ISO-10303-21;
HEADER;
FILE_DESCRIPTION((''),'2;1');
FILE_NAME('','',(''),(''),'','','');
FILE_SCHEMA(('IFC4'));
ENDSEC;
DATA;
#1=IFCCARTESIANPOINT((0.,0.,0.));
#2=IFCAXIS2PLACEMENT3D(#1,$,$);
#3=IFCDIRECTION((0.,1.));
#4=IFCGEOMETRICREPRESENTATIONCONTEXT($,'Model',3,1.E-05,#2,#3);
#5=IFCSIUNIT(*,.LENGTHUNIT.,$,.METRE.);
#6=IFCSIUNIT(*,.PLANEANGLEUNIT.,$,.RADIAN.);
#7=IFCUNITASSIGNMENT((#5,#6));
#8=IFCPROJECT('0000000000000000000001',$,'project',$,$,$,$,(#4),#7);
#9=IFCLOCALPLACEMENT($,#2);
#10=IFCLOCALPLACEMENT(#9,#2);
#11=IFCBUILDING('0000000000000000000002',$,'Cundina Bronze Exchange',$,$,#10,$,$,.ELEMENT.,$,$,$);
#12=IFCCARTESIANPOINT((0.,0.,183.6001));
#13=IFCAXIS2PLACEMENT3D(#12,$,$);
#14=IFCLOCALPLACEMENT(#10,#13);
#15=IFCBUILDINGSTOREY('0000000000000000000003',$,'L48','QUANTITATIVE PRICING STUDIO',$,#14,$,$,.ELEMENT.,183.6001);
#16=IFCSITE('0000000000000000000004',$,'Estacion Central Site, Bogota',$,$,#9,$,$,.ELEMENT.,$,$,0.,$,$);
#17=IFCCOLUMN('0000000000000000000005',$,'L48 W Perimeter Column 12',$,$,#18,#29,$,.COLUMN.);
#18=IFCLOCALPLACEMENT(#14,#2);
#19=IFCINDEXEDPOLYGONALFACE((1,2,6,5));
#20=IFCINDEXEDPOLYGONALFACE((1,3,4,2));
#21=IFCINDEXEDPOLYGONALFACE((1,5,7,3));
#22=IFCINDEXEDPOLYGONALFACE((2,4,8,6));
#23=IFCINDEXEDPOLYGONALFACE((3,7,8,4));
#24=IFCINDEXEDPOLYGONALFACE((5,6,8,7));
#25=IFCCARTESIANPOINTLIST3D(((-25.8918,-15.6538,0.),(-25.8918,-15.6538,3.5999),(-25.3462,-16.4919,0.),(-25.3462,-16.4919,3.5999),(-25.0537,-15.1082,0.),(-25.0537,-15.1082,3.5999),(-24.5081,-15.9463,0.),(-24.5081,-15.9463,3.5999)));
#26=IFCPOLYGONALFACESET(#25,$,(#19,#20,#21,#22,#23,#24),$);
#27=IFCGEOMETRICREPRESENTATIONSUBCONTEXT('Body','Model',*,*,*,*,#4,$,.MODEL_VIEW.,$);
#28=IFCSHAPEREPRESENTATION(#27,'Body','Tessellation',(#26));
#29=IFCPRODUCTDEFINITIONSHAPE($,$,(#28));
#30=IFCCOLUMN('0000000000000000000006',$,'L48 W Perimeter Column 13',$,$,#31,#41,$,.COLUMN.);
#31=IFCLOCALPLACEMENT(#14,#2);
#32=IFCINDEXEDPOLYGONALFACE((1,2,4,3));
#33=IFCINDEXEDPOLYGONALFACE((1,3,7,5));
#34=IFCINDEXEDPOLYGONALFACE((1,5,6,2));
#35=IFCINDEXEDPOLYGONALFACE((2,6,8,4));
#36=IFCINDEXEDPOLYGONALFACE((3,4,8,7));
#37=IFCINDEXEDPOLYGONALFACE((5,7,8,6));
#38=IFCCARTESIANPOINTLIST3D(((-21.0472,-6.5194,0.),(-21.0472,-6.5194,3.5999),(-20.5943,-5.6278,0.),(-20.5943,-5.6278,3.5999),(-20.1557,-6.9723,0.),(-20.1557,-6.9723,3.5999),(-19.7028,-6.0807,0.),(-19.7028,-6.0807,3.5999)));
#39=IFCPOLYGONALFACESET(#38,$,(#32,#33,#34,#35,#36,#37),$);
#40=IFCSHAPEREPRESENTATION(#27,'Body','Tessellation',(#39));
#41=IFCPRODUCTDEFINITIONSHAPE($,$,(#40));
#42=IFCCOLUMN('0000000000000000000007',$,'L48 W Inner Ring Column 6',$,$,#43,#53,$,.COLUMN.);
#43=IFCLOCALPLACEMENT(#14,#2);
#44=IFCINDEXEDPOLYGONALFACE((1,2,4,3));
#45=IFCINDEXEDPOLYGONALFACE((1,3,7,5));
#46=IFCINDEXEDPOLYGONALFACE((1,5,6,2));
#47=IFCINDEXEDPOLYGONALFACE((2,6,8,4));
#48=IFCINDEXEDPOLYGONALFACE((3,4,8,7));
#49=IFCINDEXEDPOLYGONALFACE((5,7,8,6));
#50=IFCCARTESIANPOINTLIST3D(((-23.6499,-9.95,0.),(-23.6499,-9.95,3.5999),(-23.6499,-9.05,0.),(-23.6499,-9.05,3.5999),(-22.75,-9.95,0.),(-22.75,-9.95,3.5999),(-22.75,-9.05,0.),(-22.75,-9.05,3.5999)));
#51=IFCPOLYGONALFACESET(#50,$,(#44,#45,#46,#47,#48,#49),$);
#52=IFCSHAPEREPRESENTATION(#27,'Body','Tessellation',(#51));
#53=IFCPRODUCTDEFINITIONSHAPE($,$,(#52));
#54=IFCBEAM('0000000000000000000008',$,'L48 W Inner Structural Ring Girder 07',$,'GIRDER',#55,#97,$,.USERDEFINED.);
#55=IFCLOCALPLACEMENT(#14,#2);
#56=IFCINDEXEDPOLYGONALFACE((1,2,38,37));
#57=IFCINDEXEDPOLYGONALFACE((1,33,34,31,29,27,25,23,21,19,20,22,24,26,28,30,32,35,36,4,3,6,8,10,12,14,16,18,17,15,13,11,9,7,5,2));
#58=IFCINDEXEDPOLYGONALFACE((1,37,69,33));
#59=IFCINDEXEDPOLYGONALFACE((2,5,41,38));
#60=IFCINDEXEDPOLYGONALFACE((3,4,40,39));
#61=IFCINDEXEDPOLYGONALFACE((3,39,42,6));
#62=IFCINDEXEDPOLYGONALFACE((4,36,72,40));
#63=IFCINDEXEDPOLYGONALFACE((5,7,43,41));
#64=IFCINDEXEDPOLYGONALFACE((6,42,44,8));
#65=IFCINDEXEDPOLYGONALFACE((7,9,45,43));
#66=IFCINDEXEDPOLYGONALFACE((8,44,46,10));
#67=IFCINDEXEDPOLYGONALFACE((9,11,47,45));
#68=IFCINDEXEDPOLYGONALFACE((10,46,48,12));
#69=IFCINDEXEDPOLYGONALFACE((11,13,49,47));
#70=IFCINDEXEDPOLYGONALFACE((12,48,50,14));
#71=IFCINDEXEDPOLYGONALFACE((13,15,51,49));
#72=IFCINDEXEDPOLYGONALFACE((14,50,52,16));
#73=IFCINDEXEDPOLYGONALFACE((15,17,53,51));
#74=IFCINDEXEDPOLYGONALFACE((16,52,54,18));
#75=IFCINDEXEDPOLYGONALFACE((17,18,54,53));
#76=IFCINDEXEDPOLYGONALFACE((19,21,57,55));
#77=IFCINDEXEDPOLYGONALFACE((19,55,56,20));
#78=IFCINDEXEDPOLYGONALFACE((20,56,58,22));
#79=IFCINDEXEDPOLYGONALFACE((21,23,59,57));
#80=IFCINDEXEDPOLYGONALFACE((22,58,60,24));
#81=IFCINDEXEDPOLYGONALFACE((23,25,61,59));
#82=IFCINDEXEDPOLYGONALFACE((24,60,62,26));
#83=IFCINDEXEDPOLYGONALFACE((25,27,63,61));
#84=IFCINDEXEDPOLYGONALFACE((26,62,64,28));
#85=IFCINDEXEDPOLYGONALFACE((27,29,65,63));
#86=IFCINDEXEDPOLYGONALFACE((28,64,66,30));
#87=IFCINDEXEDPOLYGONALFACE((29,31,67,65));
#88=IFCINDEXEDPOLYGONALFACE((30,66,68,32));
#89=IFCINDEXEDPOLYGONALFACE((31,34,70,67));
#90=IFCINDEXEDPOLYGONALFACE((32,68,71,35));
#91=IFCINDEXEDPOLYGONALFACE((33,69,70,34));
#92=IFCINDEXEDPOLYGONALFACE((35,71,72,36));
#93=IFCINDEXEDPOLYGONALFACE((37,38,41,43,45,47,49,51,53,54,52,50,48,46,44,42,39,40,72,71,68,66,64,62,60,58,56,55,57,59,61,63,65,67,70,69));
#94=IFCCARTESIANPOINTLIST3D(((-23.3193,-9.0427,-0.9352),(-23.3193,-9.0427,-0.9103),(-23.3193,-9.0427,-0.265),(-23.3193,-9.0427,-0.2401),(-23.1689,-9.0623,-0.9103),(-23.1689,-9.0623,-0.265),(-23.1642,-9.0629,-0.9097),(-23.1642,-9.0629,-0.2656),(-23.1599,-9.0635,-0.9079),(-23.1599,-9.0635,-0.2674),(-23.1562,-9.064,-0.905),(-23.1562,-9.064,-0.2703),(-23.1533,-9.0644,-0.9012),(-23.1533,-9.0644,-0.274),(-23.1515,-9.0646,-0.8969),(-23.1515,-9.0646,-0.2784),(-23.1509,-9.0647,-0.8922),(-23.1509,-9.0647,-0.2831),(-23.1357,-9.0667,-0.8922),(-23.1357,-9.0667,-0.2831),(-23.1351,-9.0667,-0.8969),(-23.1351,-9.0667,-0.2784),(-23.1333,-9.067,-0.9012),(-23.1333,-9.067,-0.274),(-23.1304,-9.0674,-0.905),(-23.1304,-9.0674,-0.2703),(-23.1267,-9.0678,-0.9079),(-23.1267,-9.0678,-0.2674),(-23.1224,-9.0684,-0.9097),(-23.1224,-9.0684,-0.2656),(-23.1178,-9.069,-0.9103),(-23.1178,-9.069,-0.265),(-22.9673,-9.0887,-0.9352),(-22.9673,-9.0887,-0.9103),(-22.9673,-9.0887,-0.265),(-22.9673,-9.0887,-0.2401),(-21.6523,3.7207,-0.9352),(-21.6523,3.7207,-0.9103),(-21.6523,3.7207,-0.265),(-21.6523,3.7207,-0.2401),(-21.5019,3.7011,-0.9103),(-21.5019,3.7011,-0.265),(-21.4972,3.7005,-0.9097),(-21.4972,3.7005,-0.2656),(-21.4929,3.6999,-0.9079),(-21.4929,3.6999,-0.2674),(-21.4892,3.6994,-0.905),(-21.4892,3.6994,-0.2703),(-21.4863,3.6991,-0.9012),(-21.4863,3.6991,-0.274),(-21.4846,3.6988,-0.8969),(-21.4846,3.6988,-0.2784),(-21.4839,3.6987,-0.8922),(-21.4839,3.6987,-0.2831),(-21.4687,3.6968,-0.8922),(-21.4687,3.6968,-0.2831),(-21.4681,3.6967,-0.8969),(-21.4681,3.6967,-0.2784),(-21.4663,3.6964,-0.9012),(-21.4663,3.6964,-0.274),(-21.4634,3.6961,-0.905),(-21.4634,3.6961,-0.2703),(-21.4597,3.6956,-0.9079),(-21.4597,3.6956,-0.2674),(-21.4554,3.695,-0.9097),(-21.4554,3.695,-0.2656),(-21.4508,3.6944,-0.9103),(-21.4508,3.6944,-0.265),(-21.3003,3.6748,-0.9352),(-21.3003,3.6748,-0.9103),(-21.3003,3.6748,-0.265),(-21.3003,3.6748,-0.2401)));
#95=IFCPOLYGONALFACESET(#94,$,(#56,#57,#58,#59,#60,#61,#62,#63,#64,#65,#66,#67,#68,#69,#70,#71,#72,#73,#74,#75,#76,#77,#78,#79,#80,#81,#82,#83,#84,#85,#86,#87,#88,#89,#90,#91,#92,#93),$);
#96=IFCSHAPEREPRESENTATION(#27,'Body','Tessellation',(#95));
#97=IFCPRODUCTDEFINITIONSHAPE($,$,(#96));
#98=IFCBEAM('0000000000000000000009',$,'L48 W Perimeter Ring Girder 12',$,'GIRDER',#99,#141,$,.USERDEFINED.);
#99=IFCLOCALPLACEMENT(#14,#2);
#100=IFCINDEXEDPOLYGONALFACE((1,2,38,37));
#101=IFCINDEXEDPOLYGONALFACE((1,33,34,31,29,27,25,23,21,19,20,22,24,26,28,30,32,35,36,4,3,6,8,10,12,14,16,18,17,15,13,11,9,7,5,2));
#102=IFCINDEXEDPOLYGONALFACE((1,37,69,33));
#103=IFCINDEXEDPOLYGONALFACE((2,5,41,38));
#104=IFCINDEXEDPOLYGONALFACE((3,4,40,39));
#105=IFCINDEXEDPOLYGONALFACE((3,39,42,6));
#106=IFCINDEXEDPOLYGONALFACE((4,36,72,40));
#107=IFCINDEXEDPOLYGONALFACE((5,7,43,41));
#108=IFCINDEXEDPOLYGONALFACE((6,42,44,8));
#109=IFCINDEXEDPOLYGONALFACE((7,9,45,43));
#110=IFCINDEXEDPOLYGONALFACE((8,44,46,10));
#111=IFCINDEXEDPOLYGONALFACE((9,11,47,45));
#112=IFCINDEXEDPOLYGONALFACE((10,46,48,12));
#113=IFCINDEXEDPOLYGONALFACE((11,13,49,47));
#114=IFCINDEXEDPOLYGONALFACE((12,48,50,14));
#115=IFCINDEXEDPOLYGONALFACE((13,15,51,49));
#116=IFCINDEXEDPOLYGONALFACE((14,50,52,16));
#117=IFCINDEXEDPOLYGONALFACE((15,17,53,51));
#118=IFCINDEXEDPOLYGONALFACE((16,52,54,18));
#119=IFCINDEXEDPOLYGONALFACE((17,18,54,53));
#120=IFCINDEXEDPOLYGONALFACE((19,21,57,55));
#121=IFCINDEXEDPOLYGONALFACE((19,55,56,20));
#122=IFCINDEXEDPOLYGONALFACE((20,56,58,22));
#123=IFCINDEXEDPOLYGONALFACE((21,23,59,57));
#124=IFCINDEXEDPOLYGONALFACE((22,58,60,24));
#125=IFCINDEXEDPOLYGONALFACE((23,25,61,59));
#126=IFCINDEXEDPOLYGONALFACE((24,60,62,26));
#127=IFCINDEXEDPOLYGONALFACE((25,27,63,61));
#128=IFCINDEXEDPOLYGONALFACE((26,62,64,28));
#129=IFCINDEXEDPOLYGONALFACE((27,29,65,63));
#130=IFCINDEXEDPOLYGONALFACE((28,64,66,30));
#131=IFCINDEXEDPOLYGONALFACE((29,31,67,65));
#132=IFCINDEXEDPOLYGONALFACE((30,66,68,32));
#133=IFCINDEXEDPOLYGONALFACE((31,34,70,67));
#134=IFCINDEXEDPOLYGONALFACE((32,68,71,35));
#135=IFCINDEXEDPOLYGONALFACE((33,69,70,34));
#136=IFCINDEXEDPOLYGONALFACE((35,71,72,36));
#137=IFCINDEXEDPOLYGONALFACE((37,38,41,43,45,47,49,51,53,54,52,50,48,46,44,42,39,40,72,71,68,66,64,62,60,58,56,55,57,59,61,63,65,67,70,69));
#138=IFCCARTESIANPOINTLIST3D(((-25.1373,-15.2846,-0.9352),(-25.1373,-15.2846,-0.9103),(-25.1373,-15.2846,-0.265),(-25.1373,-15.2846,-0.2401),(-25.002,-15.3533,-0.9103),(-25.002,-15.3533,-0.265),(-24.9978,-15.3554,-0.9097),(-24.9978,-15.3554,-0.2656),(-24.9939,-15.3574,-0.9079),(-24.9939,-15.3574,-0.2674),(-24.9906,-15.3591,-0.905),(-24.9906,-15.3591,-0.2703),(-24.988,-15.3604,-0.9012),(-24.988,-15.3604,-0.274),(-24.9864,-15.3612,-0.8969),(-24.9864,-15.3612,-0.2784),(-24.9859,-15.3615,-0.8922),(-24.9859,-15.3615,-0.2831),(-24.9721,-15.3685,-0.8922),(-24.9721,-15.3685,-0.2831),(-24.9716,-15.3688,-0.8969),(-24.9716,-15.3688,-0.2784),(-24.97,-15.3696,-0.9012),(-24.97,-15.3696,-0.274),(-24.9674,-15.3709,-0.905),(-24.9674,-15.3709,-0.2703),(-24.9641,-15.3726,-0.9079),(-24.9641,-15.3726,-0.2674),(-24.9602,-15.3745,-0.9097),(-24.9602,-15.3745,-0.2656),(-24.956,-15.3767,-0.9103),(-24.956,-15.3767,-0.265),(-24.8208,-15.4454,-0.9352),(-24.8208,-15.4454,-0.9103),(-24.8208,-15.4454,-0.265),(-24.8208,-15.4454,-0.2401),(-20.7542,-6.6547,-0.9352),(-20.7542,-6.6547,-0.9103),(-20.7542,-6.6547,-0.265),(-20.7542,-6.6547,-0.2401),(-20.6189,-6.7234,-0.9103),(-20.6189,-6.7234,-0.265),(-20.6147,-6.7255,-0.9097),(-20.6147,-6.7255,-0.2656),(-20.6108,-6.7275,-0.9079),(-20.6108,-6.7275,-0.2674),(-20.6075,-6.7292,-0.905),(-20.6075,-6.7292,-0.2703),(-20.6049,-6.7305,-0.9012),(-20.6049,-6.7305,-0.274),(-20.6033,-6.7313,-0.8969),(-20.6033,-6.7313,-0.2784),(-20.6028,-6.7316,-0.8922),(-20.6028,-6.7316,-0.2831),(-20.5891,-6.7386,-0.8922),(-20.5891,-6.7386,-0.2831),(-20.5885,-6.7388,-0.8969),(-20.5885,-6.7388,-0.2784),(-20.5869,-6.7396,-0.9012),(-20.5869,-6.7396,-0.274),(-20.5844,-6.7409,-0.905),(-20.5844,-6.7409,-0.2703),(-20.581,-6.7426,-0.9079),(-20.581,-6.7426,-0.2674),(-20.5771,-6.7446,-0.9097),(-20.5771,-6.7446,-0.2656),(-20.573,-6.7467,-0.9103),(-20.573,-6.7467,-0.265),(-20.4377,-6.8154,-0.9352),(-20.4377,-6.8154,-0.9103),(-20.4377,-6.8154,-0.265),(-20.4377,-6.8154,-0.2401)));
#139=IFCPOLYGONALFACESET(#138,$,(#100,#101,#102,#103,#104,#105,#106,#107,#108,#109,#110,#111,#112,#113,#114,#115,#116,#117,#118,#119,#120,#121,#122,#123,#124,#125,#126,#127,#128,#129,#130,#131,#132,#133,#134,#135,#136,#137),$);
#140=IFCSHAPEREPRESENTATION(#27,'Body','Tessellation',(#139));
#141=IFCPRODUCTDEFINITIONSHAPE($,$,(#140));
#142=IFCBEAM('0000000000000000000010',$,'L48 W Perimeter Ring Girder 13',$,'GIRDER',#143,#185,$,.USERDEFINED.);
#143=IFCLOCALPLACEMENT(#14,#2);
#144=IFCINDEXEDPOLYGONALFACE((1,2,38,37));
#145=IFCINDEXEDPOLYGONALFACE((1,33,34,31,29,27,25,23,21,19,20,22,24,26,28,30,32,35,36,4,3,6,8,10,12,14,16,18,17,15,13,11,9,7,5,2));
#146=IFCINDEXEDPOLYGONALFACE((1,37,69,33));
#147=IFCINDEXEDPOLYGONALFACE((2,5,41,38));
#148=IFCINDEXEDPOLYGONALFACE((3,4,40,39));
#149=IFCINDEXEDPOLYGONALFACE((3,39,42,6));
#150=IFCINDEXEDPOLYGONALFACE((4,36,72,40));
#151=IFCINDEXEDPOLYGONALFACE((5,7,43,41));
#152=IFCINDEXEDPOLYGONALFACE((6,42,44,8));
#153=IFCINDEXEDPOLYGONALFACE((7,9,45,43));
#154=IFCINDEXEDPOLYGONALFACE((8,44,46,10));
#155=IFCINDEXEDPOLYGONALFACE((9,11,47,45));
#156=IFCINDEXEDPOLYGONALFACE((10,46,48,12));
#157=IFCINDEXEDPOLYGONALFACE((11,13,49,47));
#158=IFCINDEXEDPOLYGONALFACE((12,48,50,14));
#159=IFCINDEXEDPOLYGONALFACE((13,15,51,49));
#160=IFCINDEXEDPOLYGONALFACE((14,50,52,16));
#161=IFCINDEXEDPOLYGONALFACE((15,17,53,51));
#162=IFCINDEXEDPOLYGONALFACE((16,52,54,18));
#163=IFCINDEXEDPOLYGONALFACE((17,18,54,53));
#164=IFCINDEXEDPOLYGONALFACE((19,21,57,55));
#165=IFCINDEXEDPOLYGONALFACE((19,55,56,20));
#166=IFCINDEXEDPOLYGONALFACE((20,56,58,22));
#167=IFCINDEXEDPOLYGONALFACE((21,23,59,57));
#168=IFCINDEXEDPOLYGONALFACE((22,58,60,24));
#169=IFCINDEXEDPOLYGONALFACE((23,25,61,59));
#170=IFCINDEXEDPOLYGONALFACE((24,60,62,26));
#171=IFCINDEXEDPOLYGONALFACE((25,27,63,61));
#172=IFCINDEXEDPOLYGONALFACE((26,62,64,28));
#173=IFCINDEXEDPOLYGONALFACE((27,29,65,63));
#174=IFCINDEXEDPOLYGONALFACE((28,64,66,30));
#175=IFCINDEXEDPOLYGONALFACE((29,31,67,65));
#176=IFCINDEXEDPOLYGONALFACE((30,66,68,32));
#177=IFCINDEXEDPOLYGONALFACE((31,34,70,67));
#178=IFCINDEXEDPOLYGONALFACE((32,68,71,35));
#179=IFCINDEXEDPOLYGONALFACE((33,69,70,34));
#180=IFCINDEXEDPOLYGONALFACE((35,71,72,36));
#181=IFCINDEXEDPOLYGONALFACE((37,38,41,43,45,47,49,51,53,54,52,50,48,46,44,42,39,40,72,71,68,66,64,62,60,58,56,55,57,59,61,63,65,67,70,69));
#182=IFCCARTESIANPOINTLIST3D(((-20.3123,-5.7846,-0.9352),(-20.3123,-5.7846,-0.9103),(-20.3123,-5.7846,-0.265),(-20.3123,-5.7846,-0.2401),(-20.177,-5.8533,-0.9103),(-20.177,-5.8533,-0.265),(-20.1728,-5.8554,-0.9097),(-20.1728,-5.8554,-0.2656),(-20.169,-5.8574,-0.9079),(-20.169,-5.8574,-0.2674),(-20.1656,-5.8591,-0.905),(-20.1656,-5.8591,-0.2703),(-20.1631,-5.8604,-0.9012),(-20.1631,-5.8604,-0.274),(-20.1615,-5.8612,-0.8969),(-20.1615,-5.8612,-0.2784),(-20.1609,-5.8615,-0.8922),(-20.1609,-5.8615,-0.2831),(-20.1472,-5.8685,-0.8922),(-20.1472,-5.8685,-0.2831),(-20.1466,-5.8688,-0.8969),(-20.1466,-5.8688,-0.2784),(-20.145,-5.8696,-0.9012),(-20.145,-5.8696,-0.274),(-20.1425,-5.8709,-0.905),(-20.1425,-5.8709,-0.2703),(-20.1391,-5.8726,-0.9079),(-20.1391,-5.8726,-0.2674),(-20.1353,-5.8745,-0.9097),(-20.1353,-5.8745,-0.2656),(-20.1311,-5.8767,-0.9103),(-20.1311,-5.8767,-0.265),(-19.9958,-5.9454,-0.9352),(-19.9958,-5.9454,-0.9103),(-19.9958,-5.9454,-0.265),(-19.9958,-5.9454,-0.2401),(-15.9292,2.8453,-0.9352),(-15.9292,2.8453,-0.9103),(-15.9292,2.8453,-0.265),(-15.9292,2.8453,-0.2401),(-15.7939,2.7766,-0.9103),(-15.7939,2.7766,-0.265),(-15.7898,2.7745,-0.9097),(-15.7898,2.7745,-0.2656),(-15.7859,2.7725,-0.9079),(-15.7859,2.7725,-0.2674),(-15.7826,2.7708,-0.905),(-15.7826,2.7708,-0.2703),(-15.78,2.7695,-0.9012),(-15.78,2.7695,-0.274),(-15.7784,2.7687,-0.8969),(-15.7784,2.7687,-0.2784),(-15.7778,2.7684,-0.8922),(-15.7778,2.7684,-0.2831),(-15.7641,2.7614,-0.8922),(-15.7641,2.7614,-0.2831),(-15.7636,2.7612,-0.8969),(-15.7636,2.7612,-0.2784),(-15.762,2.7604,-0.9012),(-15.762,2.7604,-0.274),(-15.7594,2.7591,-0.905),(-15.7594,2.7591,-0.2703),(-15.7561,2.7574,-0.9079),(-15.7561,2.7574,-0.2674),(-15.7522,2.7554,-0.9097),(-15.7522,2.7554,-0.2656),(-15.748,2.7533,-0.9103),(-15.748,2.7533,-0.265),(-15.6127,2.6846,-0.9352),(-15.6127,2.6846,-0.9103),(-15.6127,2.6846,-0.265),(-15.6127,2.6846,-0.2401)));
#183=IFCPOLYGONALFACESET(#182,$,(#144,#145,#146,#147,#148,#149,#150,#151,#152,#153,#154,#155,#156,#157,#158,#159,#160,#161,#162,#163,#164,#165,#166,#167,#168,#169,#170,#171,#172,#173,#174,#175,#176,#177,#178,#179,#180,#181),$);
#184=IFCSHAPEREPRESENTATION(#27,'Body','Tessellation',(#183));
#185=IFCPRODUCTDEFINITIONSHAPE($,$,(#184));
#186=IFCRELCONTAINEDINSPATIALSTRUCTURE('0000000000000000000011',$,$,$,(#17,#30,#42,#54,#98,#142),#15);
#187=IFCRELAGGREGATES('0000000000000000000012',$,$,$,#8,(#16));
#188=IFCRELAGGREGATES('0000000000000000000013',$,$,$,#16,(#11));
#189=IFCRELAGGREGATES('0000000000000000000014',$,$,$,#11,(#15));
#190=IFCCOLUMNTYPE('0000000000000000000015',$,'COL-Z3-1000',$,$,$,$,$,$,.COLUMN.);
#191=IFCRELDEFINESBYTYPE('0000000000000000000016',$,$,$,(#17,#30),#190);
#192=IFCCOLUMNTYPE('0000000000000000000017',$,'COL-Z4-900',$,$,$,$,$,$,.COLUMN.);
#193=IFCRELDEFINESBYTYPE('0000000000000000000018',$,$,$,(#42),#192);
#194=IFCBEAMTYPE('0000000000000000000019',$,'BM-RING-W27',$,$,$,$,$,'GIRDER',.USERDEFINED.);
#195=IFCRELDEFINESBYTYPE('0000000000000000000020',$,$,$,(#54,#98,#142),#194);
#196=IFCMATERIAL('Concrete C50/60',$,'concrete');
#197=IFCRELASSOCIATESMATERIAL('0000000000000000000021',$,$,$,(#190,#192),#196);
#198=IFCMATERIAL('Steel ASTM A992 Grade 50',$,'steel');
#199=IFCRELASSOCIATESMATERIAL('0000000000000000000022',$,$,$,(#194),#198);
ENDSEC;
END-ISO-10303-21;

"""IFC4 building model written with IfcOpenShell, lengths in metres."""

from ifc_helpers import new_model, si_unit, direction, frame, origin, origin_2d, place, context, subcontext, project, spatial, rectangle, i_section, extrude, material, material_profile, profile_set, type_object, element, save


model = new_model("IFC4")

# Units and contexts
model_context = context("Model", 3, precision=1e-05, world=origin(), true_north=direction((0.0, 1.0)))
body_context = subcontext(model_context, "Body", "Model", "MODEL_VIEW")
ifc_project = project(units=[si_unit("LENGTHUNIT", "METRE"), si_unit("PLANEANGLEUNIT", "RADIAN")], contexts=[model_context])

# Site, building, storey
site_placement = place(None, origin())
site = spatial("IfcSite", under=ifc_project, at=site_placement, Name="Estacion Central Site, Bogota", CompositionType="ELEMENT", RefElevation=0.0)
building_placement = place(site_placement, origin())
building = spatial("IfcBuilding", under=site, at=building_placement, Name="Cundina Bronze Exchange", CompositionType="ELEMENT")
storey_placement = place(building_placement, frame((0.0, 0.0, 183.6001)))
storey = spatial("IfcBuildingStorey", under=building, at=storey_placement, Name="L48", Description="QUANTITATIVE PRICING STUDIO", CompositionType="ELEMENT", Elevation=183.6001)

# Columns
ifc_material_1 = material(Name="Concrete C50/60", Category="concrete")
ifc_material_profile_1 = material_profile(ifc_material_1, rectangle(XDim=1.0, YDim=1.0, at=origin_2d()), Name="RC1000X1000", Category="concrete")
ifc_profile_set_1 = profile_set([ifc_material_profile_1], Name="Concrete C50/60")
column_type_1 = type_object("IfcColumnType", Name="COL-Z3-1000", PredefinedType="COLUMN", material=ifc_profile_set_1)
for number, where, z_axis, x_axis, name in (
    (1, (-25.2, -15.8, 0.0), (0.0, 0.0, 1.0), (0.8381, 0.545517, 0.0), "L48 W Perimeter Column 12"),
    (2, (-20.375, -6.3, 0.0), (0.0, 0.0, 1.0), (0.452902, 0.891561, 0.0), "L48 W Perimeter Column 13"),
):
    element("IfcColumn", number, at=place(storey_placement, frame(where, z_axis=z_axis, x_axis=x_axis)), inside=storey, type_object=column_type_1, Name=name, PredefinedType="COLUMN", context=body_context, shape_type="SweptSolid", body=[
        extrude(rectangle(XDim=1.0, YDim=1.0, at=origin_2d()), origin(), (0.0, 0.0, 1.0), 3.5999),
    ])
ifc_material_profile_2 = material_profile(ifc_material_1, rectangle(XDim=0.8999, YDim=0.8999, at=origin_2d()), Name="RC900X900", Category="concrete")
ifc_profile_set_2 = profile_set([ifc_material_profile_2], Name="Concrete C50/60")
column_type_2 = type_object("IfcColumnType", Name="COL-Z4-900", PredefinedType="COLUMN", material=ifc_profile_set_2)
column_placement = place(storey_placement, frame((-23.2, -9.5, 0.0), z_axis=(0.0, 0.0, 1.0), x_axis=(1.0, 0.0, 0.0)))
element("IfcColumn", 3, at=column_placement, inside=storey, type_object=column_type_2, Name="L48 W Inner Ring Column 6", PredefinedType="COLUMN", context=body_context, shape_type="SweptSolid", body=[
    extrude(rectangle(XDim=0.8999, YDim=0.8999, at=origin_2d()), origin(), (0.0, 0.0, 1.0), 3.5999),
])

# Beams
ifc_material_2 = material(Name="Steel ASTM A992 Grade 50", Category="steel")
ifc_material_profile_3 = material_profile(ifc_material_2, i_section(OverallWidth=0.355, OverallDepth=0.6951, WebThickness=0.0154, FlangeThickness=0.0249, FilletRadius=0.0181, at=origin_2d()), Name="W27X146", Category="steel")
ifc_profile_set_3 = profile_set([ifc_material_profile_3], Name="Steel ASTM A992 Grade 50")
beam_type = type_object("IfcBeamType", Name="BM-RING-W27", ElementType="GIRDER", PredefinedType="USERDEFINED", material=ifc_profile_set_3)
beam_placement = place(storey_placement, frame((-23.1433, -9.0657, -0.5876), z_axis=(0.129507, 0.991579, 0.0), x_axis=(-0.991579, 0.129507, 0.0)))
element("IfcBeam", 4, at=beam_placement, inside=storey, type_object=beam_type, Name="L48 W Inner Structural Ring Girder 07", ObjectType="GIRDER", PredefinedType="USERDEFINED", context=body_context, shape_type="SweptSolid", body=[
    extrude(i_section(OverallWidth=0.355, OverallDepth=0.6951, WebThickness=0.0154, FlangeThickness=0.0249, FilletRadius=0.0181, at=origin_2d()), origin(), (0.0, 0.0, 1.0), 12.8718),
])
for number, where, z_axis, x_axis, name in (
    (5, (-24.979, -15.365, -0.5876), (0.452835, 0.891595, 0.0), (-0.891595, 0.452835, 0.0), "L48 W Perimeter Ring Girder 12"),
    (6, (-20.1541, -5.865, -0.5876), (0.452835, 0.891595, 0.0), (-0.891595, 0.452835, 0.0), "L48 W Perimeter Ring Girder 13"),
):
    element("IfcBeam", number, at=place(storey_placement, frame(where, z_axis=z_axis, x_axis=x_axis)), inside=storey, type_object=beam_type, Name=name, ObjectType="GIRDER", PredefinedType="USERDEFINED", context=body_context, shape_type="SweptSolid", body=[
        extrude(i_section(OverallWidth=0.355, OverallDepth=0.6951, WebThickness=0.0154, FlangeThickness=0.0249, FilletRadius=0.0181, at=origin_2d()), origin(), (0.0, 0.0, 1.0), 9.6792),
    ])

save(model, "model.ifc")
